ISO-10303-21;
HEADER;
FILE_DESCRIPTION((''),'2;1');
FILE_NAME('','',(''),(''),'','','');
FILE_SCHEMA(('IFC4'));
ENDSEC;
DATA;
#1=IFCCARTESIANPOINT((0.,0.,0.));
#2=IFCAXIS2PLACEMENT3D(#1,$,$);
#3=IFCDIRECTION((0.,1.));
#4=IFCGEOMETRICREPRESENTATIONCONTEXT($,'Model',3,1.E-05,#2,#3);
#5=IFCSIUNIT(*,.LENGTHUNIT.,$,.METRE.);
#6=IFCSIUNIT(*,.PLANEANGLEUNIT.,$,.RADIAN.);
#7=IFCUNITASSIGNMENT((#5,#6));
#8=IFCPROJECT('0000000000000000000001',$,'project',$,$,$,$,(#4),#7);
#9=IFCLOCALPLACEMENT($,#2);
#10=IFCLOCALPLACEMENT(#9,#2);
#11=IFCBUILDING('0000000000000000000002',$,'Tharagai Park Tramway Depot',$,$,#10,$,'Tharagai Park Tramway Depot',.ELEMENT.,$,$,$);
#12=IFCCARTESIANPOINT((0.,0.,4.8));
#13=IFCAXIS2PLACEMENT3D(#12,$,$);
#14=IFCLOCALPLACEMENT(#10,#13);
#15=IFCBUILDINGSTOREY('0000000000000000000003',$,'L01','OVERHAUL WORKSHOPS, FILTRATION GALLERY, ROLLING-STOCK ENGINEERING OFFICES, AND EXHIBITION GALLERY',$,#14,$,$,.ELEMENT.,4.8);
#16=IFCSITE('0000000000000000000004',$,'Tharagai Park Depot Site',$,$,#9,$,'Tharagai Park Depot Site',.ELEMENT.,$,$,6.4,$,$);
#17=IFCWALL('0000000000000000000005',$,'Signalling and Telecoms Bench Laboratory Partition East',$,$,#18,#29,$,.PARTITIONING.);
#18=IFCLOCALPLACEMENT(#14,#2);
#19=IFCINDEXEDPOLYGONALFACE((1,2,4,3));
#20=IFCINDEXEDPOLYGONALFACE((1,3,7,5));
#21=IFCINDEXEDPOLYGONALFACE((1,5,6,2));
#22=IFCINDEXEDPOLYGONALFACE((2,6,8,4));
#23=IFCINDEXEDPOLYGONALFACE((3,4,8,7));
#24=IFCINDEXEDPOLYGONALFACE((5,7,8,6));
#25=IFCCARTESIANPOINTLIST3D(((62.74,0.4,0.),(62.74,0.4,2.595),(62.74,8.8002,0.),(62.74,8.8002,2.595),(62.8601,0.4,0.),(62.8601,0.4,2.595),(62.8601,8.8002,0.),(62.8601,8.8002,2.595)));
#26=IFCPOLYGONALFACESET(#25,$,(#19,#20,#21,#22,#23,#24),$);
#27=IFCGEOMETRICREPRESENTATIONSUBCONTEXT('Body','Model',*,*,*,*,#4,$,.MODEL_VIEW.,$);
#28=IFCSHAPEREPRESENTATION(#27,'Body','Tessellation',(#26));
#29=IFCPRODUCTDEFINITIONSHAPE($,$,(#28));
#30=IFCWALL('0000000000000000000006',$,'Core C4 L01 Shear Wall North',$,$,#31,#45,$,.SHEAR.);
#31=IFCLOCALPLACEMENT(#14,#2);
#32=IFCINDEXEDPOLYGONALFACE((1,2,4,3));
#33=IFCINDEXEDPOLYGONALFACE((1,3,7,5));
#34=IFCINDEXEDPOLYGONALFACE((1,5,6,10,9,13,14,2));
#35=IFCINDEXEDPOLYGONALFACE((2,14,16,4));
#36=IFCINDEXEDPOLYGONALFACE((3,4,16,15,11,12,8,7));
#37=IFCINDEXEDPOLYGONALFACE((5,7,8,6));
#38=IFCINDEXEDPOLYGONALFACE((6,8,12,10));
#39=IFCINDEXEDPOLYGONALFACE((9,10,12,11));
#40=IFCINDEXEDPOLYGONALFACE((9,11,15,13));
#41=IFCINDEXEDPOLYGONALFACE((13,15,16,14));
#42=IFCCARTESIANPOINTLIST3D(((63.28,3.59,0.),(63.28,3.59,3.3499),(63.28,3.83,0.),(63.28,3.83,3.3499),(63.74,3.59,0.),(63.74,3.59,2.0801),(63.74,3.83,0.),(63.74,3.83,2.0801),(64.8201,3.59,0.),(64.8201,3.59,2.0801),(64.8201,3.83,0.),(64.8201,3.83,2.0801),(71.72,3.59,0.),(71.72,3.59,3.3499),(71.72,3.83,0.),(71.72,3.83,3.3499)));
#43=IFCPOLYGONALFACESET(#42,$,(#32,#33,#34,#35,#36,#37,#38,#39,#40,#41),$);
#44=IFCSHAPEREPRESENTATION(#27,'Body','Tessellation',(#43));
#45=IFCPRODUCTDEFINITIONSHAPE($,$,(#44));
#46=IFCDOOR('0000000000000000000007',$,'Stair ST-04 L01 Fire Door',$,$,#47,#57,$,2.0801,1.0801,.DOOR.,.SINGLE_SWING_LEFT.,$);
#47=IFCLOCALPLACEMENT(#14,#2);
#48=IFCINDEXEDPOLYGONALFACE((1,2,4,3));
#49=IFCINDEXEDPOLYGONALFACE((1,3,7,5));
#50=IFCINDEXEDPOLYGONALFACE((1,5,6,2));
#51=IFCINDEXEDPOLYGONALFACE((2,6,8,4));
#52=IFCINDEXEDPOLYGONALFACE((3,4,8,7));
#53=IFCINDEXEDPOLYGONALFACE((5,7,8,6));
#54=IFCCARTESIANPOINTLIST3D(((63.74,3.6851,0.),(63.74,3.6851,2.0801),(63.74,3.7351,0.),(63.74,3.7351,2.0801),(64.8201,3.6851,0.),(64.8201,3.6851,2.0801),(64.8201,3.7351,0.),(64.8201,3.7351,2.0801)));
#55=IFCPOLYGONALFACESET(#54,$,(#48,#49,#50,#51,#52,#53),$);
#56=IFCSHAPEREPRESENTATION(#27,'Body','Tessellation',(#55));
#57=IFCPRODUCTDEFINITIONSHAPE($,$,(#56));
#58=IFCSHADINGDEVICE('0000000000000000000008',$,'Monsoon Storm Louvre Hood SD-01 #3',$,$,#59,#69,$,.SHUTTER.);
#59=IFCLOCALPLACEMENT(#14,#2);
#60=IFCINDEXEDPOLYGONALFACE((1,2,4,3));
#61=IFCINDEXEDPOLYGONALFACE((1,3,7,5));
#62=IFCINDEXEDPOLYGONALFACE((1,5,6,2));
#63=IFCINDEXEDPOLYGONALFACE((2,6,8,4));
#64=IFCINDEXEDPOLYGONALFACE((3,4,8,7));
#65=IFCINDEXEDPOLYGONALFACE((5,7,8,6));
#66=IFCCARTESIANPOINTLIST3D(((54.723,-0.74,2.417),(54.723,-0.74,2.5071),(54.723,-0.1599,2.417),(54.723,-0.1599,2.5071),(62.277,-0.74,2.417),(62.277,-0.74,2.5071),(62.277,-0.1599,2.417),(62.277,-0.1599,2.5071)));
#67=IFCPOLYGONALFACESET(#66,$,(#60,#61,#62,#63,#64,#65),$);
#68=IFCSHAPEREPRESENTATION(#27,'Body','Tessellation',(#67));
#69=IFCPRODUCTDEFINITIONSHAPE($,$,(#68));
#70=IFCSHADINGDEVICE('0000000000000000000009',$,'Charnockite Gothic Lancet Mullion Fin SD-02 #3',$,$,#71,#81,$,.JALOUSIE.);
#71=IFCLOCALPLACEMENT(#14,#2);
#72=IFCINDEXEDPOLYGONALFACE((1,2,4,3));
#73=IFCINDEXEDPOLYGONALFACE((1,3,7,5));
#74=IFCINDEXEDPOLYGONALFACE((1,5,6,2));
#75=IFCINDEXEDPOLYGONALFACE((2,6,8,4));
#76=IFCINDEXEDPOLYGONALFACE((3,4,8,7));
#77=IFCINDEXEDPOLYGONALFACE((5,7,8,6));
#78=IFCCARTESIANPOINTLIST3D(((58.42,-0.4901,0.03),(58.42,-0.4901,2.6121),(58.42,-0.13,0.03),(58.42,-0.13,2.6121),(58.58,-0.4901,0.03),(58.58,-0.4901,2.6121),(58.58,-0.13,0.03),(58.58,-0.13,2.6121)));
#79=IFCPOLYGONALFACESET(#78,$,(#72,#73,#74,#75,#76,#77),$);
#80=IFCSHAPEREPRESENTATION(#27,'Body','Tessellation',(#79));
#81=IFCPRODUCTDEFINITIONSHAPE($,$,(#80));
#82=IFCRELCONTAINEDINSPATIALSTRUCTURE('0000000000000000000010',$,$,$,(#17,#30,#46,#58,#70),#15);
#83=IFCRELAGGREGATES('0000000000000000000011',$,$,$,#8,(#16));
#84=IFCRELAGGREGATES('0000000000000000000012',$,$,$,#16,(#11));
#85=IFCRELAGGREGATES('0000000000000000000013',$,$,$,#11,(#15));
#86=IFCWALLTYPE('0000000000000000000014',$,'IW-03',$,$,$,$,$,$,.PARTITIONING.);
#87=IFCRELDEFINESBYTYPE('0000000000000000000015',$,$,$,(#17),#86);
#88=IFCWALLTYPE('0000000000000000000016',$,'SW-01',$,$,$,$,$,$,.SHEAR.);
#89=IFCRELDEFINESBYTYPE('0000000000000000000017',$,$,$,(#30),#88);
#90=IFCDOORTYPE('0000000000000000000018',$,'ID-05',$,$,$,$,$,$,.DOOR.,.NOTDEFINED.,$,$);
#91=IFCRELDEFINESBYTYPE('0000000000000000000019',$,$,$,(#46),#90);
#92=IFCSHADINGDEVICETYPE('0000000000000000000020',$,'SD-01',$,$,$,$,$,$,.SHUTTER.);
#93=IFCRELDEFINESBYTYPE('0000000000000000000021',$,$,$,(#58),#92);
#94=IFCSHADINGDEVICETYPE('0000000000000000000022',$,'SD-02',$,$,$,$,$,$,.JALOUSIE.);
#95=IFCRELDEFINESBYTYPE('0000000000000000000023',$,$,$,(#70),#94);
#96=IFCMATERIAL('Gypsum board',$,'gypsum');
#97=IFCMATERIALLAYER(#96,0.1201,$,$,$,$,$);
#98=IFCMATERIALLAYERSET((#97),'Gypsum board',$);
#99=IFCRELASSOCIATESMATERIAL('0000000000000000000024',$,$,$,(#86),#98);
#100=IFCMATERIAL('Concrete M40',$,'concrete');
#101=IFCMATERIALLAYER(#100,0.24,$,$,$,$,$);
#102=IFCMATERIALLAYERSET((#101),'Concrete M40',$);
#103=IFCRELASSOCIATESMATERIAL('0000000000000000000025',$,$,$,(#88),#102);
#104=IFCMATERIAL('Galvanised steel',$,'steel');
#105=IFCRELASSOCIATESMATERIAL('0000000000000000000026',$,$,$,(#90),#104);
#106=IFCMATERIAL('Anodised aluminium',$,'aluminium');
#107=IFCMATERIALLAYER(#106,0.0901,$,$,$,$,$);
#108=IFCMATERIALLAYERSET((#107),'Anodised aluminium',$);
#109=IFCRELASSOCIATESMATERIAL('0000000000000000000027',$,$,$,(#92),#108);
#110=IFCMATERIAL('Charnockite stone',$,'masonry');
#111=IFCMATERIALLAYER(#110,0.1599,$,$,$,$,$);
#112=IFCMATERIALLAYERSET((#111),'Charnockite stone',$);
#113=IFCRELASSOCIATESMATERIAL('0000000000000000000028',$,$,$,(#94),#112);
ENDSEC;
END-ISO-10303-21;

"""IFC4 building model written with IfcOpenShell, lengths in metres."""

from ifc_helpers import new_model, si_unit, direction, frame, frame_2d, origin, origin_2d, place, context, subcontext, project, spatial, rectangle, extrude, material, layer, layer_set, type_object, element, fill, save


model = new_model("IFC4")

# Units and contexts
model_context = context("Model", 3, precision=1e-05, world=origin(), true_north=direction((0.0, 1.0)))
body_context = subcontext(model_context, "Body", "Model", "MODEL_VIEW")
ifc_project = project(units=[si_unit("LENGTHUNIT", "METRE"), si_unit("PLANEANGLEUNIT", "RADIAN")], contexts=[model_context])

# Site, building, storey
site_placement = place(None, origin())
site = spatial("IfcSite", under=ifc_project, at=site_placement, Name="Tharagai Park Depot Site", LongName="Tharagai Park Depot Site", CompositionType="ELEMENT", RefElevation=6.4)
building_placement = place(site_placement, origin())
building = spatial("IfcBuilding", under=site, at=building_placement, Name="Tharagai Park Tramway Depot", LongName="Tharagai Park Tramway Depot", CompositionType="ELEMENT")
storey_placement = place(building_placement, frame((0.0, 0.0, 4.8)))
storey = spatial("IfcBuildingStorey", under=building, at=storey_placement, Name="L01", Description="OVERHAUL WORKSHOPS, FILTRATION GALLERY, ROLLING-STOCK ENGINEERING OFFICES, AND EXHIBITION GALLERY", CompositionType="ELEMENT", Elevation=4.8)

# Shared definitions
ifc_material_1 = material(Name="Concrete M40", Category="concrete")

# Wall
ifc_material_2 = material(Name="Charnockite stone", Category="masonry")
ifc_material_3 = material(Name="Gypsum board", Category="gypsum")
ifc_layer_1 = layer(ifc_material_3, 0.1201)
ifc_layer_set_1 = layer_set([ifc_layer_1], Name="Gypsum board")
wall_type_1 = type_object("IfcWallType", Name="IW-03", PredefinedType="PARTITIONING", material=ifc_layer_set_1)
wall_1_placement = place(storey_placement, frame((62.8, 0.3999, 0.0), z_axis=(0.0, 0.0, 1.0), x_axis=(0.0, 1.0, 0.0)))
element("IfcWall", 1, at=wall_1_placement, inside=storey, type_object=wall_type_1, Name="Signalling and Telecoms Bench Laboratory Partition East", PredefinedType="PARTITIONING", context=body_context, shape_type="SweptSolid", body=[
    extrude(rectangle(XDim=8.4001, YDim=0.1201, at=frame_2d((4.2002, 0.0))), origin(), (0.0, 0.0, 1.0), 2.595),
])

# Wall, opening, door
ifc_layer_2 = layer(ifc_material_1, 0.24)
ifc_layer_set_2 = layer_set([ifc_layer_2], Name="Concrete M40")
wall_type_2 = type_object("IfcWallType", Name="SW-01", PredefinedType="SHEAR", material=ifc_layer_set_2)
wall_2_placement = place(storey_placement, frame((63.28, 3.71, 0.0), z_axis=(0.0, 0.0, 1.0), x_axis=(1.0, 0.0, 0.0)))
wall_2 = element("IfcWall", 2, at=wall_2_placement, inside=storey, type_object=wall_type_2, Name="Core C4 L01 Shear Wall North", PredefinedType="SHEAR", context=body_context, shape_type="SweptSolid", body=[
    extrude(rectangle(XDim=8.4399, YDim=0.24, at=frame_2d((4.22, 0.0))), origin(), (0.0, 0.0, 1.0), 3.3499),
])
opening_placement = place(wall_2_placement, frame((0.46, 0.0, 0.0)))
opening = element("IfcOpeningElement", 3, at=opening_placement, cuts=wall_2, PredefinedType="OPENING", context=body_context, shape_type="SweptSolid", body=[
    extrude(rectangle(XDim=1.0801, YDim=2.0801, at=frame_2d((0.54, 1.04))), frame((0.0, 0.1299, 0.0), z_axis=(0.0, -1.0, 0.0), x_axis=(1.0, 0.0, 0.0)), (0.0, 0.0, 1.0), 0.26),
])
ifc_material_4 = material(Name="Galvanised steel", Category="steel")
door_type = type_object("IfcDoorType", Name="ID-05", OperationType="NOTDEFINED", PredefinedType="DOOR", material=ifc_material_4)
door_placement = place(opening_placement, frame((1.0801, 0.0, 0.0), z_axis=(0.0, 0.0, 1.0), x_axis=(-1.0, 0.0, 0.0)))
door = element("IfcDoor", 4, at=door_placement, inside=storey, type_object=door_type, Name="Stair ST-04 L01 Fire Door", OperationType="SINGLE_SWING_LEFT", OverallHeight=2.0801, OverallWidth=1.0801, PredefinedType="DOOR", context=body_context, shape_type="SweptSolid", body=[
    extrude(rectangle(XDim=1.0801, YDim=2.0801, at=frame_2d((0.54, 1.04))), frame((0.0, 0.0249, 0.0), z_axis=(0.0, -1.0, 0.0), x_axis=(1.0, 0.0, 0.0)), (0.0, 0.0, 1.0), 0.05),
])
fill(opening, door)

# Shading devices
ifc_material_5 = material(Name="Anodised aluminium", Category="aluminium")
ifc_layer_3 = layer(ifc_material_5, 0.0901)
ifc_layer_set_3 = layer_set([ifc_layer_3], Name="Anodised aluminium")
shading_device_type_1 = type_object("IfcShadingDeviceType", Name="SD-01", PredefinedType="SHUTTER", material=ifc_layer_set_3)
shading_device_1_placement = place(storey_placement, frame((58.5, -0.45, 2.417), z_axis=(0.0, 0.0, 1.0), x_axis=(1.0, 0.0, 0.0)))
element("IfcShadingDevice", 5, at=shading_device_1_placement, inside=storey, type_object=shading_device_type_1, Name="Monsoon Storm Louvre Hood SD-01 #3", PredefinedType="SHUTTER", context=body_context, shape_type="SweptSolid", body=[
    extrude(rectangle(XDim=7.554, YDim=0.5801, at=origin_2d()), origin(), (0.0, 0.0, 1.0), 0.0901),
])
ifc_layer_4 = layer(ifc_material_2, 0.1599)
ifc_layer_set_4 = layer_set([ifc_layer_4], Name="Charnockite stone")
shading_device_type_2 = type_object("IfcShadingDeviceType", Name="SD-02", PredefinedType="JALOUSIE", material=ifc_layer_set_4)
shading_device_2_placement = place(storey_placement, frame((58.5, -0.3101, 0.03), z_axis=(0.0, 0.0, 1.0), x_axis=(1.0, 0.0, 0.0)))
element("IfcShadingDevice", 6, at=shading_device_2_placement, inside=storey, type_object=shading_device_type_2, Name="Charnockite Gothic Lancet Mullion Fin SD-02 #3", PredefinedType="JALOUSIE", context=body_context, shape_type="SweptSolid", body=[
    extrude(rectangle(XDim=0.1599, YDim=0.3601, at=origin_2d()), origin(), (0.0, 0.0, 1.0), 2.582),
])

save(model, "model.ifc")
